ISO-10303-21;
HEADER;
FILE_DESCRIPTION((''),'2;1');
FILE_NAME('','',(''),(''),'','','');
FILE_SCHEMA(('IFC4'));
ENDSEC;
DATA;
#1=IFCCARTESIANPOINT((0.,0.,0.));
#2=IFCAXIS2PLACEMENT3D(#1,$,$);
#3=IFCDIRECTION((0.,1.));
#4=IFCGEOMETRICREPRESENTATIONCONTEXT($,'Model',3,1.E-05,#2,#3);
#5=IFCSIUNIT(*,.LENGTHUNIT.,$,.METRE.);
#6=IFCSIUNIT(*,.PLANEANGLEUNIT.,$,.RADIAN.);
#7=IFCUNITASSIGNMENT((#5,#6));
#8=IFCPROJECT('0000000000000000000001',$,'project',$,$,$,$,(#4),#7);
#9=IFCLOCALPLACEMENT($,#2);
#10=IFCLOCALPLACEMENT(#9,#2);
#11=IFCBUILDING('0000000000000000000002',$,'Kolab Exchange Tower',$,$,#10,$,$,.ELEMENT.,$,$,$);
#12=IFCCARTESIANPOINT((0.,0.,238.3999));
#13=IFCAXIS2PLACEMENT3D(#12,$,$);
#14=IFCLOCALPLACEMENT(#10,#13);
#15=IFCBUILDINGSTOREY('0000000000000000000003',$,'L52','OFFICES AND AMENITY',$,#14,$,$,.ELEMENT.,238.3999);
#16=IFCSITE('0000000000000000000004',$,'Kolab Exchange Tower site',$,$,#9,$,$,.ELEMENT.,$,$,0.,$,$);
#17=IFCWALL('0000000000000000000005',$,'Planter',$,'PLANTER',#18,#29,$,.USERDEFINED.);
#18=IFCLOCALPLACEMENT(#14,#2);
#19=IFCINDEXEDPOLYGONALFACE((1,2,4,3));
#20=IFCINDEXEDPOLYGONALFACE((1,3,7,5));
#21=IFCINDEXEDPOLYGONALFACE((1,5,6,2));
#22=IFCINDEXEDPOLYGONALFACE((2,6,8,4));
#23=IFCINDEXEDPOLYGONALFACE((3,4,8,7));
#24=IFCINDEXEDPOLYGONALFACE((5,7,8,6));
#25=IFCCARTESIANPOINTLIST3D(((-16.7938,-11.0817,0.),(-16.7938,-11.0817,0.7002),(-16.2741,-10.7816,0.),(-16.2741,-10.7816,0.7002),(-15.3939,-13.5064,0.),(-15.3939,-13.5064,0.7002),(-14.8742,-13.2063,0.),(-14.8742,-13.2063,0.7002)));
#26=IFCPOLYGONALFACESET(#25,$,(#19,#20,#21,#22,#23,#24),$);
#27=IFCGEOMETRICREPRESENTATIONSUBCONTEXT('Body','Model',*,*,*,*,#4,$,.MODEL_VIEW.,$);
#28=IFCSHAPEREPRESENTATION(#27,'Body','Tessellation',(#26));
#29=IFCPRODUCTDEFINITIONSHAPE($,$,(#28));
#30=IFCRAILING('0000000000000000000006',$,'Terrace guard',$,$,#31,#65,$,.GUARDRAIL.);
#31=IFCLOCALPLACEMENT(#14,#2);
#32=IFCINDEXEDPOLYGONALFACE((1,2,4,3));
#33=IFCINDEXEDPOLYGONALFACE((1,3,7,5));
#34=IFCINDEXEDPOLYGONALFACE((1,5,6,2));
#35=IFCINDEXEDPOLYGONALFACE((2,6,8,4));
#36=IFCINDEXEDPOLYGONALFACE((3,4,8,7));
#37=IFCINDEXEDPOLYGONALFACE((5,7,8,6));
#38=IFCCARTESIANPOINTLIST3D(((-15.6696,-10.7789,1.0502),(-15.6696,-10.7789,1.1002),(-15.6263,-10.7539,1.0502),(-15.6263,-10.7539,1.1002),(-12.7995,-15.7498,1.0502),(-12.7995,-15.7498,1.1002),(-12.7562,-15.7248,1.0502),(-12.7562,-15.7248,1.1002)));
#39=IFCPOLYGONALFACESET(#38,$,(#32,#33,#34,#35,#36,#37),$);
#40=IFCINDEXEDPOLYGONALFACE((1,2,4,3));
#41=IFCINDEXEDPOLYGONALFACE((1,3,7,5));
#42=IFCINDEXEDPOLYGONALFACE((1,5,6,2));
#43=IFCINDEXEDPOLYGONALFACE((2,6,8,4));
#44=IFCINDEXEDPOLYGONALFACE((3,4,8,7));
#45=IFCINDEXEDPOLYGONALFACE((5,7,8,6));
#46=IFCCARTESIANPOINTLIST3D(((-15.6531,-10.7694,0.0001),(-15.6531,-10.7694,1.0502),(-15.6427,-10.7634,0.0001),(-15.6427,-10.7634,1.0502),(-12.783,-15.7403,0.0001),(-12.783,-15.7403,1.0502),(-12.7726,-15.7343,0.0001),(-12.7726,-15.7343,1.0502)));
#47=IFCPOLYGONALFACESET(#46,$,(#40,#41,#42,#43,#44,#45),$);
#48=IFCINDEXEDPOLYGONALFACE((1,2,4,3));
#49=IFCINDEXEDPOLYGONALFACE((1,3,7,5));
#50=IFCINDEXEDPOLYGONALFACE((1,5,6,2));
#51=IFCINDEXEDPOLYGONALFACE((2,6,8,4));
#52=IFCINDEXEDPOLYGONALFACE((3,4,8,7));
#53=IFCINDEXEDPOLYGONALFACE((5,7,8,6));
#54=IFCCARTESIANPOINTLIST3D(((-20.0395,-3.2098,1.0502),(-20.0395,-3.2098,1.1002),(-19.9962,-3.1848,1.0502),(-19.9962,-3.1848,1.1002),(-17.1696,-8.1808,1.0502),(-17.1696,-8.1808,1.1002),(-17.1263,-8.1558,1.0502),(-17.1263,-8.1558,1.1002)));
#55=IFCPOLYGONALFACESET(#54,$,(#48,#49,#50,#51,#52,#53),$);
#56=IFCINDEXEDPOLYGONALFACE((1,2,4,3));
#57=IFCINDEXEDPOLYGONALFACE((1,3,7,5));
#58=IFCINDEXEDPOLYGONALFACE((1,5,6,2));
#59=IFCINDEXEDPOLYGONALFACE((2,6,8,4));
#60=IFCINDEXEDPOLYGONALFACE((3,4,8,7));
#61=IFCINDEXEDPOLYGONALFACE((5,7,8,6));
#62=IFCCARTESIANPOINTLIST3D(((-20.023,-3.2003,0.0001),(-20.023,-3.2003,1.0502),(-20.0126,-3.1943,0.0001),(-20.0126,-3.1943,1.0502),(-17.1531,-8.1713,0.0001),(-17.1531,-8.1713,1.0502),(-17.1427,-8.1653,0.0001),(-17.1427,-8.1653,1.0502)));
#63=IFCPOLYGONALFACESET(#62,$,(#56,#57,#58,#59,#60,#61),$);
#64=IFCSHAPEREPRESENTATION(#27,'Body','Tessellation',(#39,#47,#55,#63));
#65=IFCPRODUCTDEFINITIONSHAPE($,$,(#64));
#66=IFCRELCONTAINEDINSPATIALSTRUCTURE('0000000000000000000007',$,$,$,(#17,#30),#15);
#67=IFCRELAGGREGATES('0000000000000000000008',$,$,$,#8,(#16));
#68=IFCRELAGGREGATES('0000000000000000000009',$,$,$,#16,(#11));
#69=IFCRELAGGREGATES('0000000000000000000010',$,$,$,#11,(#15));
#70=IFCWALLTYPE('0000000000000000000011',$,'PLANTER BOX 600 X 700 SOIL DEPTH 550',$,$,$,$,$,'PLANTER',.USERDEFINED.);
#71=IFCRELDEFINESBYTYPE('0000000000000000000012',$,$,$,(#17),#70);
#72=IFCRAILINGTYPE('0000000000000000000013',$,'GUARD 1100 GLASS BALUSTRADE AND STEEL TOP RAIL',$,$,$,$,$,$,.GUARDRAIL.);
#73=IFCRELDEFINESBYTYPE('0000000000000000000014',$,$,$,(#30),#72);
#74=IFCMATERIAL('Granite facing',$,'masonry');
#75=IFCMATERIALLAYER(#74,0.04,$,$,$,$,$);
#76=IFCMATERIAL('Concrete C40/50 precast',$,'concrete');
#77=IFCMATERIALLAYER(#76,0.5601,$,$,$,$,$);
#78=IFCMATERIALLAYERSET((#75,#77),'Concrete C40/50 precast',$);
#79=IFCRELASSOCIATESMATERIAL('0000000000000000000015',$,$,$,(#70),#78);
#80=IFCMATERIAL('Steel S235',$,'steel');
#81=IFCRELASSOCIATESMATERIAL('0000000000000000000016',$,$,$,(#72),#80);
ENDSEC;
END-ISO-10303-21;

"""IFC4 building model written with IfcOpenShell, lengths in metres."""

from ifc_helpers import new_model, si_unit, direction, frame, frame_2d, origin, origin_2d, place, context, subcontext, project, spatial, rectangle, extrude, material, layer, layer_set, type_object, element, save


model = new_model("IFC4")

# Units and contexts
model_context = context("Model", 3, precision=1e-05, world=origin(), true_north=direction((0.0, 1.0)))
body_context = subcontext(model_context, "Body", "Model", "MODEL_VIEW")
ifc_project = project(units=[si_unit("LENGTHUNIT", "METRE"), si_unit("PLANEANGLEUNIT", "RADIAN")], contexts=[model_context])

# Site, building, storey
site_placement = place(None, origin())
site = spatial("IfcSite", under=ifc_project, at=site_placement, Name="Kolab Exchange Tower site", CompositionType="ELEMENT", RefElevation=0.0)
building_placement = place(site_placement, origin())
building = spatial("IfcBuilding", under=site, at=building_placement, Name="Kolab Exchange Tower", CompositionType="ELEMENT")
storey_placement = place(building_placement, frame((0.0, 0.0, 238.3999)))
storey = spatial("IfcBuildingStorey", under=building, at=storey_placement, Name="L52", Description="OFFICES AND AMENITY", CompositionType="ELEMENT", Elevation=238.3999)

# Wall
ifc_material_1 = material(Name="Granite facing", Category="masonry")
ifc_layer_1 = layer(ifc_material_1, 0.04)
ifc_material_2 = material(Name="Concrete C40/50 precast", Category="concrete")
ifc_layer_2 = layer(ifc_material_2, 0.5601)
ifc_layer_set_1 = layer_set([ifc_layer_1, ifc_layer_2], Name="Concrete C40/50 precast")
wall_type = type_object("IfcWallType", Name="PLANTER BOX 600 X 700 SOIL DEPTH 550", ElementType="PLANTER", PredefinedType="USERDEFINED", material=ifc_layer_set_1)
wall_placement = place(storey_placement, frame((-16.5339, -10.9316, 0.0), z_axis=(0.0, 0.0, 1.0), x_axis=(0.499984, -0.866035, 0.0)))
element("IfcWall", 1, at=wall_placement, inside=storey, type_object=wall_type, Name="Planter", ObjectType="PLANTER", PredefinedType="USERDEFINED", context=body_context, shape_type="SweptSolid", body=[
    extrude(rectangle(XDim=2.7998, YDim=0.6001, at=frame_2d((1.3999, 0.0))), origin(), (0.0, 0.0, 1.0), 0.7002),
])

# Railing
ifc_material_3 = material(Name="Steel S235", Category="steel")
railing_type = type_object("IfcRailingType", Name="GUARD 1100 GLASS BALUSTRADE AND STEEL TOP RAIL", PredefinedType="GUARDRAIL", material=ifc_material_3)
railing_1_placement = place(storey_placement, frame((-12.7778, -15.7373, 0.0)))
element("IfcRailing", 2, at=railing_1_placement, inside=storey, type_object=railing_type, Name="Terrace guard", PredefinedType="GUARDRAIL", context=body_context, shape_type="SweptSolid", body=[
    extrude(rectangle(XDim=0.05, YDim=0.05, at=origin_2d()), frame((0.0, 0.0, 1.0752), z_axis=(-0.500018, 0.866015, 0.0), x_axis=(-0.866015, -0.500018, 0.0)), (0.0, 0.0, 1.0), 5.74),
    extrude(rectangle(XDim=0.012, YDim=1.0501, at=frame_2d((0.0, 0.5251))), frame((0.0, 0.0, 0.0), z_axis=(-0.500018, 0.866015, 0.0), x_axis=(-0.866015, -0.500018, 0.0)), (0.0, 0.0, 1.0), 5.74),
    extrude(rectangle(XDim=0.05, YDim=0.05, at=origin_2d()), frame((-7.24, 12.54, 1.0752), z_axis=(0.499986, -0.866033, 0.0), x_axis=(0.866033, 0.499986, 0.0)), (0.0, 0.0, 1.0), 5.74),
    extrude(rectangle(XDim=0.012, YDim=1.0501, at=frame_2d((0.0, 0.5251))), frame((-7.24, 12.54, 0.0), z_axis=(0.499986, -0.866033, 0.0), x_axis=(0.866033, 0.499986, 0.0)), (0.0, 0.0, 1.0), 5.74),
])

save(model, "model.ifc")
